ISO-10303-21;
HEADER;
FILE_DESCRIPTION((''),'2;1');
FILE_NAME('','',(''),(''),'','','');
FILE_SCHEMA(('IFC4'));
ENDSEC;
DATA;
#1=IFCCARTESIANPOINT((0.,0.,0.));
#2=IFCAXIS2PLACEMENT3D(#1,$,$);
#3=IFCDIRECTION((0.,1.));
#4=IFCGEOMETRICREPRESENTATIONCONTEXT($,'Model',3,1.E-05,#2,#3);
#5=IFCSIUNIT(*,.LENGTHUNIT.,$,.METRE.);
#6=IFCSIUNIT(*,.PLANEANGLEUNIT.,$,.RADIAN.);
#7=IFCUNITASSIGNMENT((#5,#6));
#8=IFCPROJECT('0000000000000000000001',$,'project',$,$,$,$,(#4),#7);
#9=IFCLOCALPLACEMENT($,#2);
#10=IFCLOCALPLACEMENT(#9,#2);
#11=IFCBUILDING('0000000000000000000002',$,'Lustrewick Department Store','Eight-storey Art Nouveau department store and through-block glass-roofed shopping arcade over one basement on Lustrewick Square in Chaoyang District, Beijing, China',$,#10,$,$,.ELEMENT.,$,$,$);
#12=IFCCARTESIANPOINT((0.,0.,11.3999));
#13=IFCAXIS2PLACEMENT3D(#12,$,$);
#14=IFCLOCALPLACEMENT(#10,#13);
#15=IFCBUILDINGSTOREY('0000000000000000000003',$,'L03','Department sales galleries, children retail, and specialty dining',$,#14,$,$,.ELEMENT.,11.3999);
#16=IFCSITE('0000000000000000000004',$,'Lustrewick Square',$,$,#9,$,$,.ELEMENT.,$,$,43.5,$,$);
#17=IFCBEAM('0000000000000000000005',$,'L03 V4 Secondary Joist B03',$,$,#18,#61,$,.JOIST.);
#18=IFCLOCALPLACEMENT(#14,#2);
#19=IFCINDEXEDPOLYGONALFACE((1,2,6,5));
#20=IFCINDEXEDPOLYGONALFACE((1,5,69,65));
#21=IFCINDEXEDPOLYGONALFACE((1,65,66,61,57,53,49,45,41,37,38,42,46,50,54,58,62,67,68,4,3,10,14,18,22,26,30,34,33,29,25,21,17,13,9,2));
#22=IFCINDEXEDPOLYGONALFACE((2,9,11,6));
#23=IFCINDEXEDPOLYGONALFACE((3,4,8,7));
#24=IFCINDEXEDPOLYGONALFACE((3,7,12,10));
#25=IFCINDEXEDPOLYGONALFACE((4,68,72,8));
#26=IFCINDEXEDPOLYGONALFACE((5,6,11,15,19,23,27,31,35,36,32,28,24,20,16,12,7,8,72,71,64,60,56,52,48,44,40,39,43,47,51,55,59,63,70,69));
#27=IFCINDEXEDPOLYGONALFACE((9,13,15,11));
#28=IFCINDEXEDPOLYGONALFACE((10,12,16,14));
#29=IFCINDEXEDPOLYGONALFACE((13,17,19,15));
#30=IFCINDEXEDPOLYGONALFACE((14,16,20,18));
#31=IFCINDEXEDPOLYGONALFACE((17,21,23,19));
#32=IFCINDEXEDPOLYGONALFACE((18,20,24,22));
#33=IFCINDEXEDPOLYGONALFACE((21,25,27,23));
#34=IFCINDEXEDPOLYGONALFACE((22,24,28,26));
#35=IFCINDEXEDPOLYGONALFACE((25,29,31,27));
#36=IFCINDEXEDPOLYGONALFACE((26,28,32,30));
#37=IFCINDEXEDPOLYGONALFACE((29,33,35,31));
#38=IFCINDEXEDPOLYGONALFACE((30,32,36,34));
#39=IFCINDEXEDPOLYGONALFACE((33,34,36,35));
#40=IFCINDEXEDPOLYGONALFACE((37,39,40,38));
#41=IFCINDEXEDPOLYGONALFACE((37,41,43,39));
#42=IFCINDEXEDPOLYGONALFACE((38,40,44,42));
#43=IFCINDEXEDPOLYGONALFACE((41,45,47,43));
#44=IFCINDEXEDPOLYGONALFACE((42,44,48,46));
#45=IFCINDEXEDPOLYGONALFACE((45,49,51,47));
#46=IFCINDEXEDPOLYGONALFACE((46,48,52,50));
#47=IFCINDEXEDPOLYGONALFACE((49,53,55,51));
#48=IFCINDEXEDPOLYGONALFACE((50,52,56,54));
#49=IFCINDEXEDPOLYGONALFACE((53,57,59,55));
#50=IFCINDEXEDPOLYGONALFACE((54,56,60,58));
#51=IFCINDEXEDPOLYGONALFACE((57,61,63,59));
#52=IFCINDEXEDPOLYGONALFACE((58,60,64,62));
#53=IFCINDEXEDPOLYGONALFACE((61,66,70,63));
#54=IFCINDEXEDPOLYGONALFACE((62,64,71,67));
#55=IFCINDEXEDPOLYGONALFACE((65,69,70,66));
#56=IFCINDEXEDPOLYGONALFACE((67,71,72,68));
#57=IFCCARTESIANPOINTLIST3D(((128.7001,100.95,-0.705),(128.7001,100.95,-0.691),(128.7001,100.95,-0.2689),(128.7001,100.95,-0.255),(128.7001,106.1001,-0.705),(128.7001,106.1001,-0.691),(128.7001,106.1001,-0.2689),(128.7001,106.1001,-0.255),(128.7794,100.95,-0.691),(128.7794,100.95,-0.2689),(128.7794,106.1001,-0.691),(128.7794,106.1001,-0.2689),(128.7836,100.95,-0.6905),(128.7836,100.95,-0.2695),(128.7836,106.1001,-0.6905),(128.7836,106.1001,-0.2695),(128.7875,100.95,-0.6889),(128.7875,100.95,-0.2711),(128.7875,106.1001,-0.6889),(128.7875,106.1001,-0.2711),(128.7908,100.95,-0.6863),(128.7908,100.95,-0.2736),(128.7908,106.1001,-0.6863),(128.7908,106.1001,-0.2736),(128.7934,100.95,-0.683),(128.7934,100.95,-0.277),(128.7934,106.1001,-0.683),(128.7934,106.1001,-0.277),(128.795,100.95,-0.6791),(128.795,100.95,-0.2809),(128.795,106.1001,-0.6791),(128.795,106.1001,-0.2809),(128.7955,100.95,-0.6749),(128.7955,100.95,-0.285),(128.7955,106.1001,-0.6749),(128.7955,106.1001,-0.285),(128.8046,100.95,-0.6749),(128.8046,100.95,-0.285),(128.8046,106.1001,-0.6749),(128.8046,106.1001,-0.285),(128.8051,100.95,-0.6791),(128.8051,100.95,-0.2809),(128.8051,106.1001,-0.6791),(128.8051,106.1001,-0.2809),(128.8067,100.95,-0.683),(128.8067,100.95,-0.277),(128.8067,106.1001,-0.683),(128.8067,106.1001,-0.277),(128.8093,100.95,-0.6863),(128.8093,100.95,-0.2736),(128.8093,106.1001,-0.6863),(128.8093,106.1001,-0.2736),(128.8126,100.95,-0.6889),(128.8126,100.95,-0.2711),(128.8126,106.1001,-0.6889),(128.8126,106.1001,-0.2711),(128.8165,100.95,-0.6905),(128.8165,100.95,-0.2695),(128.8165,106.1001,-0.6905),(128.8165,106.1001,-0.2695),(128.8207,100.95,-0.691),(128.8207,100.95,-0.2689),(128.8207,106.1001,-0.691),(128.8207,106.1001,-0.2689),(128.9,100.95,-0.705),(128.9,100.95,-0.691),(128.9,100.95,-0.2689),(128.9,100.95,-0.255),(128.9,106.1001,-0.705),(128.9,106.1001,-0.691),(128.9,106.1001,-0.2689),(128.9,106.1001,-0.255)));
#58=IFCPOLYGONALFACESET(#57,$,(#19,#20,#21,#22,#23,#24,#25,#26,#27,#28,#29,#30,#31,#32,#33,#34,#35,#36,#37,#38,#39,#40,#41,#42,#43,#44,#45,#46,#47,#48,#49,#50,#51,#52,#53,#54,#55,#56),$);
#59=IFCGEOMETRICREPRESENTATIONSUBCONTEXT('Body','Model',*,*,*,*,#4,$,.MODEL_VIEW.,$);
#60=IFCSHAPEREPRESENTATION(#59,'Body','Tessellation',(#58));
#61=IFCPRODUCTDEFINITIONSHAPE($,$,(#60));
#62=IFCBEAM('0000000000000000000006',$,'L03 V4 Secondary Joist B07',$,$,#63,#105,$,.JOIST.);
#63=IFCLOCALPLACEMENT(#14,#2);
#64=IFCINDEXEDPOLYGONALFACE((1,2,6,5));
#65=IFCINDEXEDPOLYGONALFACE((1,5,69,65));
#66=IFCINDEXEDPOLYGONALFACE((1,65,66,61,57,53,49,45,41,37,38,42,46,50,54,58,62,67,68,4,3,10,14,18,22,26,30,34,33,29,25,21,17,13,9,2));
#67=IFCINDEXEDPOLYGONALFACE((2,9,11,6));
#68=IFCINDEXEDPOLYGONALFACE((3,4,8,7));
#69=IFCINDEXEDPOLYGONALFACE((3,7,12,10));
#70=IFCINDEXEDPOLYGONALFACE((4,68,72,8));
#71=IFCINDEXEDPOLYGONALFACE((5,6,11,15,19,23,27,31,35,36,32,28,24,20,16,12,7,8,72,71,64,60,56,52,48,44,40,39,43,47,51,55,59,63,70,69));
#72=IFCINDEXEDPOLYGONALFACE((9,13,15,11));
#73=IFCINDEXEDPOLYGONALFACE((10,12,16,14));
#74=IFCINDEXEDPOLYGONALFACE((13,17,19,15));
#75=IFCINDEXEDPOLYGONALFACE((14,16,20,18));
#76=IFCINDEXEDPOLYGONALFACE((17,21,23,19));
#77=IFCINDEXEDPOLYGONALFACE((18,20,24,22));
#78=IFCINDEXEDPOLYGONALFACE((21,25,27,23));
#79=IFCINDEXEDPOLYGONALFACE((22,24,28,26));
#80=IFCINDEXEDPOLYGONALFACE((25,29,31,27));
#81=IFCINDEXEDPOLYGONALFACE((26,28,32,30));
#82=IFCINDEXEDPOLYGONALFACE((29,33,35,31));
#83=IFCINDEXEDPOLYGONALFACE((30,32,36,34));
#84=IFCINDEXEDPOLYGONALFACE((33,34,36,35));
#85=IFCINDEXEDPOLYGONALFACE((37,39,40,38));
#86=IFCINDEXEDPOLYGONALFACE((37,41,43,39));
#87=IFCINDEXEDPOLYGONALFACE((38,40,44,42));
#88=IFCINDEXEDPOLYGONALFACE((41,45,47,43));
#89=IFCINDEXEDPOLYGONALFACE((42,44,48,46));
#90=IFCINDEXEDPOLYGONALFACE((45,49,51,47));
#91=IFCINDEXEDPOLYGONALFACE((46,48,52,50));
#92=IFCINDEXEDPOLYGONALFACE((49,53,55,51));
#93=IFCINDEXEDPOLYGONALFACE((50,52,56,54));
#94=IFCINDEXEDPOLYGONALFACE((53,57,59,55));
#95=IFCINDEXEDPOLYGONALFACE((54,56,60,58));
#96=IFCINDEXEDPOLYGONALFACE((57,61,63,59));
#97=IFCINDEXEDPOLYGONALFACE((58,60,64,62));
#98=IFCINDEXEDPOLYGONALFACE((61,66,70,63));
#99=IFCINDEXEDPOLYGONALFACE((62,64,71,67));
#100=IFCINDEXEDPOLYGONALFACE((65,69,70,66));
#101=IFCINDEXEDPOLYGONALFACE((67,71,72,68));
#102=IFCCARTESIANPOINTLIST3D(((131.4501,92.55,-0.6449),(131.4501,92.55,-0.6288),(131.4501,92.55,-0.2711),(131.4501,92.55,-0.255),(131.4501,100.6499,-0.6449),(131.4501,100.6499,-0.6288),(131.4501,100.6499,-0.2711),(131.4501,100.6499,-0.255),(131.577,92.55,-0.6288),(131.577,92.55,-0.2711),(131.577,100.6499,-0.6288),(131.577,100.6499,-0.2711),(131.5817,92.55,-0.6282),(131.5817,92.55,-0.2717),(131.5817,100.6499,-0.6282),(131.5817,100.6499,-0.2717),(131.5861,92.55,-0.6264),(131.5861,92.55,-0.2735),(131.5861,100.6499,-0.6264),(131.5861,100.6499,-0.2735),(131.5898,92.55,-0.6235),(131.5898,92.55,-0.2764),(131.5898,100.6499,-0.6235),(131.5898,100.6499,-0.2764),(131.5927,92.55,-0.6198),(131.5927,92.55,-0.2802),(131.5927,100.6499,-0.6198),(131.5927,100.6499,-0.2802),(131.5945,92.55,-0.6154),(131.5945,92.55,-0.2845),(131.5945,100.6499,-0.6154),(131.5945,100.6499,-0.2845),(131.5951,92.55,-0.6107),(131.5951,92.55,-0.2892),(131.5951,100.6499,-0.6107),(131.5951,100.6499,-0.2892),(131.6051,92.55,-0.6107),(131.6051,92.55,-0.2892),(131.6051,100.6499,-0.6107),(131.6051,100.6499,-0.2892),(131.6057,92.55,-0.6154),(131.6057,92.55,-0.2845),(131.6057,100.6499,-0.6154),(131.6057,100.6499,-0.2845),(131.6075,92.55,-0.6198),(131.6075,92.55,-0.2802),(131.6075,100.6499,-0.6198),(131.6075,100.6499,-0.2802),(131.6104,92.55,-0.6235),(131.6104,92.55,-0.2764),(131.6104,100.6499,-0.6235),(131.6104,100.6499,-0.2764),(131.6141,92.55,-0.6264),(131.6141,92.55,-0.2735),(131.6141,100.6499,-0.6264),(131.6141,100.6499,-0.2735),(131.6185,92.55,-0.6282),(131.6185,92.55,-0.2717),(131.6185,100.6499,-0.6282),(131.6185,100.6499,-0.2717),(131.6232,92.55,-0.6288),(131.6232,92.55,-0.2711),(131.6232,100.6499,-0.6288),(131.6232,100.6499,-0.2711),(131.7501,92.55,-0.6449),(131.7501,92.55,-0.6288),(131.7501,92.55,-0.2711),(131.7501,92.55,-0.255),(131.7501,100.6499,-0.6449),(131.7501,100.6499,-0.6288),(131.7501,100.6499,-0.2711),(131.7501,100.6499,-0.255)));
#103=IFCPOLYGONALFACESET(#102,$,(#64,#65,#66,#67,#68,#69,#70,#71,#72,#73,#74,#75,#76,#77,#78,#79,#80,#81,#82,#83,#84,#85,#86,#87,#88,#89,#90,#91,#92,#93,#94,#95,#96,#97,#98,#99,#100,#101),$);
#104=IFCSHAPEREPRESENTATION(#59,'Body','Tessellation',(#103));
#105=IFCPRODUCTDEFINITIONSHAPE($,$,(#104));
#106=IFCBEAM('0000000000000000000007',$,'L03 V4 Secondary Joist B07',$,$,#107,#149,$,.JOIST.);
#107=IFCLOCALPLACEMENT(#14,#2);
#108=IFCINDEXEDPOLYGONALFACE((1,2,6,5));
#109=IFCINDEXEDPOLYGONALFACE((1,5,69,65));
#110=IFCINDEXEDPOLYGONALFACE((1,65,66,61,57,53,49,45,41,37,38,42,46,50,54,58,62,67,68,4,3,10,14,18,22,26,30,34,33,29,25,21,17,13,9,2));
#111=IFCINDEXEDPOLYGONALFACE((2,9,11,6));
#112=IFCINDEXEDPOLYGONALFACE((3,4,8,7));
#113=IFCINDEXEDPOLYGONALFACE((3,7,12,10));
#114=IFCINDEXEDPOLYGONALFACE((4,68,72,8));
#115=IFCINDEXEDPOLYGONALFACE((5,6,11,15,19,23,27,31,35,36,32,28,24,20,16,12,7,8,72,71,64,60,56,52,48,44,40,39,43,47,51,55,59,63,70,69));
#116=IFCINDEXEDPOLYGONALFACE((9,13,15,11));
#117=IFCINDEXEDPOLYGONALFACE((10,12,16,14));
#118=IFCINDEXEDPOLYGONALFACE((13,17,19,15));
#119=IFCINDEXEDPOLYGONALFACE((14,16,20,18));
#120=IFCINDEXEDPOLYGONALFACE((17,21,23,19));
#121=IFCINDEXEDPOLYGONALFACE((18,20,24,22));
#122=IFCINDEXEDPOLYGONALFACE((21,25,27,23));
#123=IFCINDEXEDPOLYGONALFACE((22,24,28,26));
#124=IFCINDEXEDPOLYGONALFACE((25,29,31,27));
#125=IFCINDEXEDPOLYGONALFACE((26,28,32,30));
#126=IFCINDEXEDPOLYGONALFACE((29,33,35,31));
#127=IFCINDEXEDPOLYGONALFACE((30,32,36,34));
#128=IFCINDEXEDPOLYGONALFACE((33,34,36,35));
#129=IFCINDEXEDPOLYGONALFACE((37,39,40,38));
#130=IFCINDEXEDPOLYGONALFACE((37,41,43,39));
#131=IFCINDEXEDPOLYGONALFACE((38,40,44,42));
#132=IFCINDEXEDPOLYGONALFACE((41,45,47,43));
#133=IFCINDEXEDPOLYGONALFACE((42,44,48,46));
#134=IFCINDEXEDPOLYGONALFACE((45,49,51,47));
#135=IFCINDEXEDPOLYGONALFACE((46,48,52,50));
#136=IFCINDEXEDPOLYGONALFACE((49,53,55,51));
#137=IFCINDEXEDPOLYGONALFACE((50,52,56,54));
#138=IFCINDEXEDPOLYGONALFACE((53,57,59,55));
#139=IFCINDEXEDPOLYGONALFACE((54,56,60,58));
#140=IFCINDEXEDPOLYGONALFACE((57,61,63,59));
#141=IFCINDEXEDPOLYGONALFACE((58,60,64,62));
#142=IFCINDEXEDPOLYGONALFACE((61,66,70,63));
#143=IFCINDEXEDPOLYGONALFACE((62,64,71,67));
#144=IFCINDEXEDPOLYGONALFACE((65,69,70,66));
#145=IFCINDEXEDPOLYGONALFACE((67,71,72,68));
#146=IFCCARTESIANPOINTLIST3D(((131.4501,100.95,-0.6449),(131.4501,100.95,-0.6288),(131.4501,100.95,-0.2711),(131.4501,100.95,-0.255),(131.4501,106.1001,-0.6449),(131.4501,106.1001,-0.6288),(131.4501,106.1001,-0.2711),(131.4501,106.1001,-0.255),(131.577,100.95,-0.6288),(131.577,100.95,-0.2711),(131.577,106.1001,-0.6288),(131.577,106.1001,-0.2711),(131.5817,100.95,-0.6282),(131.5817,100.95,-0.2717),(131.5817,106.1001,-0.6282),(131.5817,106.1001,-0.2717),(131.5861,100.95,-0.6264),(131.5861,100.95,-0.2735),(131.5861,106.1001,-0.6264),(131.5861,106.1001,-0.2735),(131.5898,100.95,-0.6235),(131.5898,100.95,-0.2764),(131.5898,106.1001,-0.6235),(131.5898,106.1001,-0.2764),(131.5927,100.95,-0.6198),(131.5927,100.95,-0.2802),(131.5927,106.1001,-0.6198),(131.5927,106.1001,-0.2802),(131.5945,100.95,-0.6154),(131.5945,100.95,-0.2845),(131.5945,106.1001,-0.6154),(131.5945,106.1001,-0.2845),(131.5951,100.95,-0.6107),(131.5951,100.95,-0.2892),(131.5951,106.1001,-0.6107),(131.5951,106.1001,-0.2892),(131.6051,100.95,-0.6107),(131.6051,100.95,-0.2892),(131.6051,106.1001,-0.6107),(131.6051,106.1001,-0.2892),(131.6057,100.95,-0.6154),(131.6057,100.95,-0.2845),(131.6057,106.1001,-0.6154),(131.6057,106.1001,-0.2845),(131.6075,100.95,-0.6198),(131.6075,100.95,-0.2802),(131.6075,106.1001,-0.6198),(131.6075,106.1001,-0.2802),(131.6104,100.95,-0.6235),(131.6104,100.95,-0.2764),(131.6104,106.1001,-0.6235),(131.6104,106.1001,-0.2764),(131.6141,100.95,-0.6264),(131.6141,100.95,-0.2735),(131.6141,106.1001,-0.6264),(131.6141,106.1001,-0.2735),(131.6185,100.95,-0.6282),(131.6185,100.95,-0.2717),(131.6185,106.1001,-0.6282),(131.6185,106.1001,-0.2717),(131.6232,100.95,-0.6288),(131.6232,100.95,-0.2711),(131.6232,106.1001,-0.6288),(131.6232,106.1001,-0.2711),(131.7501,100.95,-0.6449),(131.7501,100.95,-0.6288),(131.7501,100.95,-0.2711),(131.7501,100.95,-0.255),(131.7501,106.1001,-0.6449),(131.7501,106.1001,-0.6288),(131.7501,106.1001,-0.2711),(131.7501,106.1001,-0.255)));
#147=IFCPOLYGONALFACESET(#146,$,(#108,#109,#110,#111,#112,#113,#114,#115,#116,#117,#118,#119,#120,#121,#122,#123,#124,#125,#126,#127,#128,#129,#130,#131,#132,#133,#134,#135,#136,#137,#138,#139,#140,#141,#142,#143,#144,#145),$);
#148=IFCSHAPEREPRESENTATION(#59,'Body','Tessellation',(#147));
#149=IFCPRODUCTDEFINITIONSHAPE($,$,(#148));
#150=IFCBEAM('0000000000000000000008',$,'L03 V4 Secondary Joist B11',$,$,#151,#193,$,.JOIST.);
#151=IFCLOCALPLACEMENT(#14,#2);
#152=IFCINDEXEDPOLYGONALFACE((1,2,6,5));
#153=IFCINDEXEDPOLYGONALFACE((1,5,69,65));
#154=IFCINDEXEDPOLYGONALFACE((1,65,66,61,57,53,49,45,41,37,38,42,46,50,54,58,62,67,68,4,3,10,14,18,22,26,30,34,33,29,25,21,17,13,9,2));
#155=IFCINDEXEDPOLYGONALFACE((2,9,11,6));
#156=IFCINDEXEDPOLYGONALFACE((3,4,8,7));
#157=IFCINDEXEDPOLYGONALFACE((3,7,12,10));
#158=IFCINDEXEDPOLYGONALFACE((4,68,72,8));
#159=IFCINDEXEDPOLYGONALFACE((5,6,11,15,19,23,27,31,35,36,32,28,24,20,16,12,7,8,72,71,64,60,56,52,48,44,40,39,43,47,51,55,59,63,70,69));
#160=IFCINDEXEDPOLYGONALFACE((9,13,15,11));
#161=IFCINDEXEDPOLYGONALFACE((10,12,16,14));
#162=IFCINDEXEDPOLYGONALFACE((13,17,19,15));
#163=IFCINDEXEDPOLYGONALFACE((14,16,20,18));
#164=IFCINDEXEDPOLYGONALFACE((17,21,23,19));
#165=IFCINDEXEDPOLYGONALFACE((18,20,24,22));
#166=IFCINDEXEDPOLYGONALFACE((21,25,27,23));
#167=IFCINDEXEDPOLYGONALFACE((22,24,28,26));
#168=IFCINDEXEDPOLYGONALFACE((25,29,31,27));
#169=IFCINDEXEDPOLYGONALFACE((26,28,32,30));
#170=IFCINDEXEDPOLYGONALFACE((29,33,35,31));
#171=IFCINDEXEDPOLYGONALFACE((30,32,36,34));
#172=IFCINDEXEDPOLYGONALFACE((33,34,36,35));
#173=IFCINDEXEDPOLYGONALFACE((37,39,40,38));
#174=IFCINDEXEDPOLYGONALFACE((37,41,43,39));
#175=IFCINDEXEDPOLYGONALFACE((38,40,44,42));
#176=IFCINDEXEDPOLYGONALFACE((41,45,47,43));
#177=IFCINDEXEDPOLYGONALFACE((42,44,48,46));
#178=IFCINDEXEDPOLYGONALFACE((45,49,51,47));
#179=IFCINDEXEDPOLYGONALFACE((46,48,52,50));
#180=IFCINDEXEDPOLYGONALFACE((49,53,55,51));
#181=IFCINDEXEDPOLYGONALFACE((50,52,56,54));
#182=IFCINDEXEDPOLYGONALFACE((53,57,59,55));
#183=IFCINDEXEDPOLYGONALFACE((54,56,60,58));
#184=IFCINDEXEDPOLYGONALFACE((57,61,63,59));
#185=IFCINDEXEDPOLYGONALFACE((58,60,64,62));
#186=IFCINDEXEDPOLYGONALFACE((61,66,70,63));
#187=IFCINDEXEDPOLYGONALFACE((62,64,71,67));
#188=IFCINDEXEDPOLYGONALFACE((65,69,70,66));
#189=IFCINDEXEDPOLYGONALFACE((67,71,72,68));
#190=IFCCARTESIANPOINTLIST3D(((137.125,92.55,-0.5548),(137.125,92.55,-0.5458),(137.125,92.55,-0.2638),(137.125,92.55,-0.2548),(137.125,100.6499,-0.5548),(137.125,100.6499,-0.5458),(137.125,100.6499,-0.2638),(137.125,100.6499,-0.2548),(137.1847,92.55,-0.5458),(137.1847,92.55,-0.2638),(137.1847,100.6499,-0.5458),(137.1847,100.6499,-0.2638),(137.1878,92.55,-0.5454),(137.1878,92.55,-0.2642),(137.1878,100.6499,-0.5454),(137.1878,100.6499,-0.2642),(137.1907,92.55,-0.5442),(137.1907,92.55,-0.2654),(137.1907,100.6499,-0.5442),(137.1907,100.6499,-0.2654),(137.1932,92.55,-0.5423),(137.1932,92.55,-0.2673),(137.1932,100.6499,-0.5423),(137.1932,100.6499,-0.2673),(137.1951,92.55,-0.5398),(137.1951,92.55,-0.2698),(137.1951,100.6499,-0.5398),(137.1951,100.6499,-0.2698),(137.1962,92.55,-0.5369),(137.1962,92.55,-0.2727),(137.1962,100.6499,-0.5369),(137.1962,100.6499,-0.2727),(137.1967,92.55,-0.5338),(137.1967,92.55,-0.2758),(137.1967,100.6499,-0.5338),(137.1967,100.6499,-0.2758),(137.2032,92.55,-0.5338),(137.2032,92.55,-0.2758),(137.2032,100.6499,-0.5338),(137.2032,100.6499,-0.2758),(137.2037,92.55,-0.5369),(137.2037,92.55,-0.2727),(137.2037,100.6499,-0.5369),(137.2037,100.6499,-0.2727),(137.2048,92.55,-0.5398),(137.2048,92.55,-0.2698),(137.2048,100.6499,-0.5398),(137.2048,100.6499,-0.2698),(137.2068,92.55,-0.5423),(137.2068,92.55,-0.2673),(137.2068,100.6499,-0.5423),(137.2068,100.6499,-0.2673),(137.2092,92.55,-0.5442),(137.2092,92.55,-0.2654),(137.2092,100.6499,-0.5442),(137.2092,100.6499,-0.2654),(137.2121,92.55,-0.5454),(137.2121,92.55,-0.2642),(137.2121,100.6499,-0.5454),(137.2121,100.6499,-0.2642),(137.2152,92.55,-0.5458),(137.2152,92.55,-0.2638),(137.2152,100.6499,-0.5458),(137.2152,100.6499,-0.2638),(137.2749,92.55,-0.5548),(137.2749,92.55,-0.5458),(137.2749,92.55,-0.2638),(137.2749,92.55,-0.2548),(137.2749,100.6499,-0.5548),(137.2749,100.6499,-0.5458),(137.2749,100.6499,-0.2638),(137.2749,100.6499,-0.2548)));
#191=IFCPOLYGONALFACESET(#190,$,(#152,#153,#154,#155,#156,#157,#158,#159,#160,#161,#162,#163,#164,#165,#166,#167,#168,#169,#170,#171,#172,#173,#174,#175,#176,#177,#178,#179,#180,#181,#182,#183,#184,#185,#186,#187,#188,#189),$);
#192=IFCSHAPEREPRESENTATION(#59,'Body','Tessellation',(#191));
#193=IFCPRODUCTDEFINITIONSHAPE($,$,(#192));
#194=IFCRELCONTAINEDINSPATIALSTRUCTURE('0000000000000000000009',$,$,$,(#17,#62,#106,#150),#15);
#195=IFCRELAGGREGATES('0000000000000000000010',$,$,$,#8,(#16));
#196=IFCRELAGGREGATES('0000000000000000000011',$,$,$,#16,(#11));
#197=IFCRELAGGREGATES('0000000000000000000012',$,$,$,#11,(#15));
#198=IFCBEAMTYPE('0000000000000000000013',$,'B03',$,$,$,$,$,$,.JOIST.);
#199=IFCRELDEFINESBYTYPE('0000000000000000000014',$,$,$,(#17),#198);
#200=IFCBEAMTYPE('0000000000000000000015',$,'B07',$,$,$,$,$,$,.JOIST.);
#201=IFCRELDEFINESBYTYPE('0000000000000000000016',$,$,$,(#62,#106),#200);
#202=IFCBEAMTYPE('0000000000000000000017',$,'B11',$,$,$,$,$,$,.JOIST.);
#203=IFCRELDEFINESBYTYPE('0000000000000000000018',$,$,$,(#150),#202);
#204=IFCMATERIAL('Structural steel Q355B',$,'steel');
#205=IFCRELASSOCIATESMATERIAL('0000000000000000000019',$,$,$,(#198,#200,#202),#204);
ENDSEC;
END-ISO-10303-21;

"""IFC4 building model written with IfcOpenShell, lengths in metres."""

from ifc_helpers import new_model, si_unit, direction, frame, origin, origin_2d, place, context, subcontext, project, spatial, i_section, extrude, material, material_profile, profile_set, type_object, element, save


model = new_model("IFC4")

# Units and contexts
model_context = context("Model", 3, precision=1e-05, world=origin(), true_north=direction((0.0, 1.0)))
body_context = subcontext(model_context, "Body", "Model", "MODEL_VIEW")
ifc_project = project(units=[si_unit("LENGTHUNIT", "METRE"), si_unit("PLANEANGLEUNIT", "RADIAN")], contexts=[model_context])

# Site, building, storey
site_placement = place(None, origin())
site = spatial("IfcSite", under=ifc_project, at=site_placement, Name="Lustrewick Square", CompositionType="ELEMENT", RefElevation=43.5)
building_placement = place(site_placement, origin())
building = spatial("IfcBuilding", under=site, at=building_placement, Name="Lustrewick Department Store", Description="Eight-storey Art Nouveau department store and through-block glass-roofed shopping arcade over one basement on Lustrewick Square in Chaoyang District, Beijing, China", CompositionType="ELEMENT")
storey_placement = place(building_placement, frame((0.0, 0.0, 11.3999)))
storey = spatial("IfcBuildingStorey", under=building, at=storey_placement, Name="L03", Description="Department sales galleries, children retail, and specialty dining", CompositionType="ELEMENT", Elevation=11.3999)

# Shared definitions
ifc_material_1 = material(Name="Structural steel Q355B", Category="steel")

# Beams
ifc_material_profile_1 = material_profile(ifc_material_1, i_section(OverallWidth=0.2, OverallDepth=0.45, WebThickness=0.009, FlangeThickness=0.0139, FilletRadius=0.0161, at=origin_2d()), Name="HN 450x200x9x14")
ifc_profile_set_1 = profile_set([ifc_material_profile_1], Name="Structural steel Q355B")
beam_type_1 = type_object("IfcBeamType", Name="B03", PredefinedType="JOIST", material=ifc_profile_set_1)
beam_1_placement = place(storey_placement, frame((128.8, 100.95, -0.48), z_axis=(0.0, 1.0, 0.0), x_axis=(-1.0, 0.0, 0.0)))
element("IfcBeam", 1, at=beam_1_placement, inside=storey, type_object=beam_type_1, Name="L03 V4 Secondary Joist B03", PredefinedType="JOIST", context=body_context, shape_type="SweptSolid", body=[
    extrude(i_section(OverallWidth=0.2, OverallDepth=0.45, WebThickness=0.009, FlangeThickness=0.0139, FilletRadius=0.0161, at=origin_2d()), origin(), (0.0, 0.0, 1.0), 5.1501),
])
ifc_material_profile_2 = material_profile(ifc_material_1, i_section(OverallWidth=0.3, OverallDepth=0.3899, WebThickness=0.01, FlangeThickness=0.0161, FilletRadius=0.0181, at=origin_2d()), Name="HM 390x300x10x16")
ifc_profile_set_2 = profile_set([ifc_material_profile_2], Name="Structural steel Q355B")
beam_type_2 = type_object("IfcBeamType", Name="B07", PredefinedType="JOIST", material=ifc_profile_set_2)
beam_2_placement = place(storey_placement, frame((131.6001, 92.55, -0.45), z_axis=(0.0, 1.0, 0.0), x_axis=(-1.0, 0.0, 0.0)))
element("IfcBeam", 2, at=beam_2_placement, inside=storey, type_object=beam_type_2, Name="L03 V4 Secondary Joist B07", PredefinedType="JOIST", context=body_context, shape_type="SweptSolid", body=[
    extrude(i_section(OverallWidth=0.3, OverallDepth=0.3899, WebThickness=0.01, FlangeThickness=0.0161, FilletRadius=0.0181, at=origin_2d()), origin(), (0.0, 0.0, 1.0), 8.0999),
])
beam_3_placement = place(storey_placement, frame((131.6001, 100.95, -0.45), z_axis=(0.0, 1.0, 0.0), x_axis=(-1.0, 0.0, 0.0)))
element("IfcBeam", 3, at=beam_3_placement, inside=storey, type_object=beam_type_2, Name="L03 V4 Secondary Joist B07", PredefinedType="JOIST", context=body_context, shape_type="SweptSolid", body=[
    extrude(i_section(OverallWidth=0.3, OverallDepth=0.3899, WebThickness=0.01, FlangeThickness=0.0161, FilletRadius=0.0181, at=origin_2d()), origin(), (0.0, 0.0, 1.0), 5.1501),
])
ifc_material_profile_3 = material_profile(ifc_material_1, i_section(OverallWidth=0.1499, OverallDepth=0.3, WebThickness=0.0066, FlangeThickness=0.009, FilletRadius=0.012, at=origin_2d()), Name="HN 300x150x6.5x9")
ifc_profile_set_3 = profile_set([ifc_material_profile_3], Name="Structural steel Q355B")
beam_type_3 = type_object("IfcBeamType", Name="B11", PredefinedType="JOIST", material=ifc_profile_set_3)
beam_4_placement = place(storey_placement, frame((137.2, 92.55, -0.4048), z_axis=(0.0, 1.0, 0.0), x_axis=(-1.0, 0.0, 0.0)))
element("IfcBeam", 4, at=beam_4_placement, inside=storey, type_object=beam_type_3, Name="L03 V4 Secondary Joist B11", PredefinedType="JOIST", context=body_context, shape_type="SweptSolid", body=[
    extrude(i_section(OverallWidth=0.1499, OverallDepth=0.3, WebThickness=0.0066, FlangeThickness=0.009, FilletRadius=0.012, at=origin_2d()), origin(), (0.0, 0.0, 1.0), 8.0999),
])

save(model, "model.ifc")
